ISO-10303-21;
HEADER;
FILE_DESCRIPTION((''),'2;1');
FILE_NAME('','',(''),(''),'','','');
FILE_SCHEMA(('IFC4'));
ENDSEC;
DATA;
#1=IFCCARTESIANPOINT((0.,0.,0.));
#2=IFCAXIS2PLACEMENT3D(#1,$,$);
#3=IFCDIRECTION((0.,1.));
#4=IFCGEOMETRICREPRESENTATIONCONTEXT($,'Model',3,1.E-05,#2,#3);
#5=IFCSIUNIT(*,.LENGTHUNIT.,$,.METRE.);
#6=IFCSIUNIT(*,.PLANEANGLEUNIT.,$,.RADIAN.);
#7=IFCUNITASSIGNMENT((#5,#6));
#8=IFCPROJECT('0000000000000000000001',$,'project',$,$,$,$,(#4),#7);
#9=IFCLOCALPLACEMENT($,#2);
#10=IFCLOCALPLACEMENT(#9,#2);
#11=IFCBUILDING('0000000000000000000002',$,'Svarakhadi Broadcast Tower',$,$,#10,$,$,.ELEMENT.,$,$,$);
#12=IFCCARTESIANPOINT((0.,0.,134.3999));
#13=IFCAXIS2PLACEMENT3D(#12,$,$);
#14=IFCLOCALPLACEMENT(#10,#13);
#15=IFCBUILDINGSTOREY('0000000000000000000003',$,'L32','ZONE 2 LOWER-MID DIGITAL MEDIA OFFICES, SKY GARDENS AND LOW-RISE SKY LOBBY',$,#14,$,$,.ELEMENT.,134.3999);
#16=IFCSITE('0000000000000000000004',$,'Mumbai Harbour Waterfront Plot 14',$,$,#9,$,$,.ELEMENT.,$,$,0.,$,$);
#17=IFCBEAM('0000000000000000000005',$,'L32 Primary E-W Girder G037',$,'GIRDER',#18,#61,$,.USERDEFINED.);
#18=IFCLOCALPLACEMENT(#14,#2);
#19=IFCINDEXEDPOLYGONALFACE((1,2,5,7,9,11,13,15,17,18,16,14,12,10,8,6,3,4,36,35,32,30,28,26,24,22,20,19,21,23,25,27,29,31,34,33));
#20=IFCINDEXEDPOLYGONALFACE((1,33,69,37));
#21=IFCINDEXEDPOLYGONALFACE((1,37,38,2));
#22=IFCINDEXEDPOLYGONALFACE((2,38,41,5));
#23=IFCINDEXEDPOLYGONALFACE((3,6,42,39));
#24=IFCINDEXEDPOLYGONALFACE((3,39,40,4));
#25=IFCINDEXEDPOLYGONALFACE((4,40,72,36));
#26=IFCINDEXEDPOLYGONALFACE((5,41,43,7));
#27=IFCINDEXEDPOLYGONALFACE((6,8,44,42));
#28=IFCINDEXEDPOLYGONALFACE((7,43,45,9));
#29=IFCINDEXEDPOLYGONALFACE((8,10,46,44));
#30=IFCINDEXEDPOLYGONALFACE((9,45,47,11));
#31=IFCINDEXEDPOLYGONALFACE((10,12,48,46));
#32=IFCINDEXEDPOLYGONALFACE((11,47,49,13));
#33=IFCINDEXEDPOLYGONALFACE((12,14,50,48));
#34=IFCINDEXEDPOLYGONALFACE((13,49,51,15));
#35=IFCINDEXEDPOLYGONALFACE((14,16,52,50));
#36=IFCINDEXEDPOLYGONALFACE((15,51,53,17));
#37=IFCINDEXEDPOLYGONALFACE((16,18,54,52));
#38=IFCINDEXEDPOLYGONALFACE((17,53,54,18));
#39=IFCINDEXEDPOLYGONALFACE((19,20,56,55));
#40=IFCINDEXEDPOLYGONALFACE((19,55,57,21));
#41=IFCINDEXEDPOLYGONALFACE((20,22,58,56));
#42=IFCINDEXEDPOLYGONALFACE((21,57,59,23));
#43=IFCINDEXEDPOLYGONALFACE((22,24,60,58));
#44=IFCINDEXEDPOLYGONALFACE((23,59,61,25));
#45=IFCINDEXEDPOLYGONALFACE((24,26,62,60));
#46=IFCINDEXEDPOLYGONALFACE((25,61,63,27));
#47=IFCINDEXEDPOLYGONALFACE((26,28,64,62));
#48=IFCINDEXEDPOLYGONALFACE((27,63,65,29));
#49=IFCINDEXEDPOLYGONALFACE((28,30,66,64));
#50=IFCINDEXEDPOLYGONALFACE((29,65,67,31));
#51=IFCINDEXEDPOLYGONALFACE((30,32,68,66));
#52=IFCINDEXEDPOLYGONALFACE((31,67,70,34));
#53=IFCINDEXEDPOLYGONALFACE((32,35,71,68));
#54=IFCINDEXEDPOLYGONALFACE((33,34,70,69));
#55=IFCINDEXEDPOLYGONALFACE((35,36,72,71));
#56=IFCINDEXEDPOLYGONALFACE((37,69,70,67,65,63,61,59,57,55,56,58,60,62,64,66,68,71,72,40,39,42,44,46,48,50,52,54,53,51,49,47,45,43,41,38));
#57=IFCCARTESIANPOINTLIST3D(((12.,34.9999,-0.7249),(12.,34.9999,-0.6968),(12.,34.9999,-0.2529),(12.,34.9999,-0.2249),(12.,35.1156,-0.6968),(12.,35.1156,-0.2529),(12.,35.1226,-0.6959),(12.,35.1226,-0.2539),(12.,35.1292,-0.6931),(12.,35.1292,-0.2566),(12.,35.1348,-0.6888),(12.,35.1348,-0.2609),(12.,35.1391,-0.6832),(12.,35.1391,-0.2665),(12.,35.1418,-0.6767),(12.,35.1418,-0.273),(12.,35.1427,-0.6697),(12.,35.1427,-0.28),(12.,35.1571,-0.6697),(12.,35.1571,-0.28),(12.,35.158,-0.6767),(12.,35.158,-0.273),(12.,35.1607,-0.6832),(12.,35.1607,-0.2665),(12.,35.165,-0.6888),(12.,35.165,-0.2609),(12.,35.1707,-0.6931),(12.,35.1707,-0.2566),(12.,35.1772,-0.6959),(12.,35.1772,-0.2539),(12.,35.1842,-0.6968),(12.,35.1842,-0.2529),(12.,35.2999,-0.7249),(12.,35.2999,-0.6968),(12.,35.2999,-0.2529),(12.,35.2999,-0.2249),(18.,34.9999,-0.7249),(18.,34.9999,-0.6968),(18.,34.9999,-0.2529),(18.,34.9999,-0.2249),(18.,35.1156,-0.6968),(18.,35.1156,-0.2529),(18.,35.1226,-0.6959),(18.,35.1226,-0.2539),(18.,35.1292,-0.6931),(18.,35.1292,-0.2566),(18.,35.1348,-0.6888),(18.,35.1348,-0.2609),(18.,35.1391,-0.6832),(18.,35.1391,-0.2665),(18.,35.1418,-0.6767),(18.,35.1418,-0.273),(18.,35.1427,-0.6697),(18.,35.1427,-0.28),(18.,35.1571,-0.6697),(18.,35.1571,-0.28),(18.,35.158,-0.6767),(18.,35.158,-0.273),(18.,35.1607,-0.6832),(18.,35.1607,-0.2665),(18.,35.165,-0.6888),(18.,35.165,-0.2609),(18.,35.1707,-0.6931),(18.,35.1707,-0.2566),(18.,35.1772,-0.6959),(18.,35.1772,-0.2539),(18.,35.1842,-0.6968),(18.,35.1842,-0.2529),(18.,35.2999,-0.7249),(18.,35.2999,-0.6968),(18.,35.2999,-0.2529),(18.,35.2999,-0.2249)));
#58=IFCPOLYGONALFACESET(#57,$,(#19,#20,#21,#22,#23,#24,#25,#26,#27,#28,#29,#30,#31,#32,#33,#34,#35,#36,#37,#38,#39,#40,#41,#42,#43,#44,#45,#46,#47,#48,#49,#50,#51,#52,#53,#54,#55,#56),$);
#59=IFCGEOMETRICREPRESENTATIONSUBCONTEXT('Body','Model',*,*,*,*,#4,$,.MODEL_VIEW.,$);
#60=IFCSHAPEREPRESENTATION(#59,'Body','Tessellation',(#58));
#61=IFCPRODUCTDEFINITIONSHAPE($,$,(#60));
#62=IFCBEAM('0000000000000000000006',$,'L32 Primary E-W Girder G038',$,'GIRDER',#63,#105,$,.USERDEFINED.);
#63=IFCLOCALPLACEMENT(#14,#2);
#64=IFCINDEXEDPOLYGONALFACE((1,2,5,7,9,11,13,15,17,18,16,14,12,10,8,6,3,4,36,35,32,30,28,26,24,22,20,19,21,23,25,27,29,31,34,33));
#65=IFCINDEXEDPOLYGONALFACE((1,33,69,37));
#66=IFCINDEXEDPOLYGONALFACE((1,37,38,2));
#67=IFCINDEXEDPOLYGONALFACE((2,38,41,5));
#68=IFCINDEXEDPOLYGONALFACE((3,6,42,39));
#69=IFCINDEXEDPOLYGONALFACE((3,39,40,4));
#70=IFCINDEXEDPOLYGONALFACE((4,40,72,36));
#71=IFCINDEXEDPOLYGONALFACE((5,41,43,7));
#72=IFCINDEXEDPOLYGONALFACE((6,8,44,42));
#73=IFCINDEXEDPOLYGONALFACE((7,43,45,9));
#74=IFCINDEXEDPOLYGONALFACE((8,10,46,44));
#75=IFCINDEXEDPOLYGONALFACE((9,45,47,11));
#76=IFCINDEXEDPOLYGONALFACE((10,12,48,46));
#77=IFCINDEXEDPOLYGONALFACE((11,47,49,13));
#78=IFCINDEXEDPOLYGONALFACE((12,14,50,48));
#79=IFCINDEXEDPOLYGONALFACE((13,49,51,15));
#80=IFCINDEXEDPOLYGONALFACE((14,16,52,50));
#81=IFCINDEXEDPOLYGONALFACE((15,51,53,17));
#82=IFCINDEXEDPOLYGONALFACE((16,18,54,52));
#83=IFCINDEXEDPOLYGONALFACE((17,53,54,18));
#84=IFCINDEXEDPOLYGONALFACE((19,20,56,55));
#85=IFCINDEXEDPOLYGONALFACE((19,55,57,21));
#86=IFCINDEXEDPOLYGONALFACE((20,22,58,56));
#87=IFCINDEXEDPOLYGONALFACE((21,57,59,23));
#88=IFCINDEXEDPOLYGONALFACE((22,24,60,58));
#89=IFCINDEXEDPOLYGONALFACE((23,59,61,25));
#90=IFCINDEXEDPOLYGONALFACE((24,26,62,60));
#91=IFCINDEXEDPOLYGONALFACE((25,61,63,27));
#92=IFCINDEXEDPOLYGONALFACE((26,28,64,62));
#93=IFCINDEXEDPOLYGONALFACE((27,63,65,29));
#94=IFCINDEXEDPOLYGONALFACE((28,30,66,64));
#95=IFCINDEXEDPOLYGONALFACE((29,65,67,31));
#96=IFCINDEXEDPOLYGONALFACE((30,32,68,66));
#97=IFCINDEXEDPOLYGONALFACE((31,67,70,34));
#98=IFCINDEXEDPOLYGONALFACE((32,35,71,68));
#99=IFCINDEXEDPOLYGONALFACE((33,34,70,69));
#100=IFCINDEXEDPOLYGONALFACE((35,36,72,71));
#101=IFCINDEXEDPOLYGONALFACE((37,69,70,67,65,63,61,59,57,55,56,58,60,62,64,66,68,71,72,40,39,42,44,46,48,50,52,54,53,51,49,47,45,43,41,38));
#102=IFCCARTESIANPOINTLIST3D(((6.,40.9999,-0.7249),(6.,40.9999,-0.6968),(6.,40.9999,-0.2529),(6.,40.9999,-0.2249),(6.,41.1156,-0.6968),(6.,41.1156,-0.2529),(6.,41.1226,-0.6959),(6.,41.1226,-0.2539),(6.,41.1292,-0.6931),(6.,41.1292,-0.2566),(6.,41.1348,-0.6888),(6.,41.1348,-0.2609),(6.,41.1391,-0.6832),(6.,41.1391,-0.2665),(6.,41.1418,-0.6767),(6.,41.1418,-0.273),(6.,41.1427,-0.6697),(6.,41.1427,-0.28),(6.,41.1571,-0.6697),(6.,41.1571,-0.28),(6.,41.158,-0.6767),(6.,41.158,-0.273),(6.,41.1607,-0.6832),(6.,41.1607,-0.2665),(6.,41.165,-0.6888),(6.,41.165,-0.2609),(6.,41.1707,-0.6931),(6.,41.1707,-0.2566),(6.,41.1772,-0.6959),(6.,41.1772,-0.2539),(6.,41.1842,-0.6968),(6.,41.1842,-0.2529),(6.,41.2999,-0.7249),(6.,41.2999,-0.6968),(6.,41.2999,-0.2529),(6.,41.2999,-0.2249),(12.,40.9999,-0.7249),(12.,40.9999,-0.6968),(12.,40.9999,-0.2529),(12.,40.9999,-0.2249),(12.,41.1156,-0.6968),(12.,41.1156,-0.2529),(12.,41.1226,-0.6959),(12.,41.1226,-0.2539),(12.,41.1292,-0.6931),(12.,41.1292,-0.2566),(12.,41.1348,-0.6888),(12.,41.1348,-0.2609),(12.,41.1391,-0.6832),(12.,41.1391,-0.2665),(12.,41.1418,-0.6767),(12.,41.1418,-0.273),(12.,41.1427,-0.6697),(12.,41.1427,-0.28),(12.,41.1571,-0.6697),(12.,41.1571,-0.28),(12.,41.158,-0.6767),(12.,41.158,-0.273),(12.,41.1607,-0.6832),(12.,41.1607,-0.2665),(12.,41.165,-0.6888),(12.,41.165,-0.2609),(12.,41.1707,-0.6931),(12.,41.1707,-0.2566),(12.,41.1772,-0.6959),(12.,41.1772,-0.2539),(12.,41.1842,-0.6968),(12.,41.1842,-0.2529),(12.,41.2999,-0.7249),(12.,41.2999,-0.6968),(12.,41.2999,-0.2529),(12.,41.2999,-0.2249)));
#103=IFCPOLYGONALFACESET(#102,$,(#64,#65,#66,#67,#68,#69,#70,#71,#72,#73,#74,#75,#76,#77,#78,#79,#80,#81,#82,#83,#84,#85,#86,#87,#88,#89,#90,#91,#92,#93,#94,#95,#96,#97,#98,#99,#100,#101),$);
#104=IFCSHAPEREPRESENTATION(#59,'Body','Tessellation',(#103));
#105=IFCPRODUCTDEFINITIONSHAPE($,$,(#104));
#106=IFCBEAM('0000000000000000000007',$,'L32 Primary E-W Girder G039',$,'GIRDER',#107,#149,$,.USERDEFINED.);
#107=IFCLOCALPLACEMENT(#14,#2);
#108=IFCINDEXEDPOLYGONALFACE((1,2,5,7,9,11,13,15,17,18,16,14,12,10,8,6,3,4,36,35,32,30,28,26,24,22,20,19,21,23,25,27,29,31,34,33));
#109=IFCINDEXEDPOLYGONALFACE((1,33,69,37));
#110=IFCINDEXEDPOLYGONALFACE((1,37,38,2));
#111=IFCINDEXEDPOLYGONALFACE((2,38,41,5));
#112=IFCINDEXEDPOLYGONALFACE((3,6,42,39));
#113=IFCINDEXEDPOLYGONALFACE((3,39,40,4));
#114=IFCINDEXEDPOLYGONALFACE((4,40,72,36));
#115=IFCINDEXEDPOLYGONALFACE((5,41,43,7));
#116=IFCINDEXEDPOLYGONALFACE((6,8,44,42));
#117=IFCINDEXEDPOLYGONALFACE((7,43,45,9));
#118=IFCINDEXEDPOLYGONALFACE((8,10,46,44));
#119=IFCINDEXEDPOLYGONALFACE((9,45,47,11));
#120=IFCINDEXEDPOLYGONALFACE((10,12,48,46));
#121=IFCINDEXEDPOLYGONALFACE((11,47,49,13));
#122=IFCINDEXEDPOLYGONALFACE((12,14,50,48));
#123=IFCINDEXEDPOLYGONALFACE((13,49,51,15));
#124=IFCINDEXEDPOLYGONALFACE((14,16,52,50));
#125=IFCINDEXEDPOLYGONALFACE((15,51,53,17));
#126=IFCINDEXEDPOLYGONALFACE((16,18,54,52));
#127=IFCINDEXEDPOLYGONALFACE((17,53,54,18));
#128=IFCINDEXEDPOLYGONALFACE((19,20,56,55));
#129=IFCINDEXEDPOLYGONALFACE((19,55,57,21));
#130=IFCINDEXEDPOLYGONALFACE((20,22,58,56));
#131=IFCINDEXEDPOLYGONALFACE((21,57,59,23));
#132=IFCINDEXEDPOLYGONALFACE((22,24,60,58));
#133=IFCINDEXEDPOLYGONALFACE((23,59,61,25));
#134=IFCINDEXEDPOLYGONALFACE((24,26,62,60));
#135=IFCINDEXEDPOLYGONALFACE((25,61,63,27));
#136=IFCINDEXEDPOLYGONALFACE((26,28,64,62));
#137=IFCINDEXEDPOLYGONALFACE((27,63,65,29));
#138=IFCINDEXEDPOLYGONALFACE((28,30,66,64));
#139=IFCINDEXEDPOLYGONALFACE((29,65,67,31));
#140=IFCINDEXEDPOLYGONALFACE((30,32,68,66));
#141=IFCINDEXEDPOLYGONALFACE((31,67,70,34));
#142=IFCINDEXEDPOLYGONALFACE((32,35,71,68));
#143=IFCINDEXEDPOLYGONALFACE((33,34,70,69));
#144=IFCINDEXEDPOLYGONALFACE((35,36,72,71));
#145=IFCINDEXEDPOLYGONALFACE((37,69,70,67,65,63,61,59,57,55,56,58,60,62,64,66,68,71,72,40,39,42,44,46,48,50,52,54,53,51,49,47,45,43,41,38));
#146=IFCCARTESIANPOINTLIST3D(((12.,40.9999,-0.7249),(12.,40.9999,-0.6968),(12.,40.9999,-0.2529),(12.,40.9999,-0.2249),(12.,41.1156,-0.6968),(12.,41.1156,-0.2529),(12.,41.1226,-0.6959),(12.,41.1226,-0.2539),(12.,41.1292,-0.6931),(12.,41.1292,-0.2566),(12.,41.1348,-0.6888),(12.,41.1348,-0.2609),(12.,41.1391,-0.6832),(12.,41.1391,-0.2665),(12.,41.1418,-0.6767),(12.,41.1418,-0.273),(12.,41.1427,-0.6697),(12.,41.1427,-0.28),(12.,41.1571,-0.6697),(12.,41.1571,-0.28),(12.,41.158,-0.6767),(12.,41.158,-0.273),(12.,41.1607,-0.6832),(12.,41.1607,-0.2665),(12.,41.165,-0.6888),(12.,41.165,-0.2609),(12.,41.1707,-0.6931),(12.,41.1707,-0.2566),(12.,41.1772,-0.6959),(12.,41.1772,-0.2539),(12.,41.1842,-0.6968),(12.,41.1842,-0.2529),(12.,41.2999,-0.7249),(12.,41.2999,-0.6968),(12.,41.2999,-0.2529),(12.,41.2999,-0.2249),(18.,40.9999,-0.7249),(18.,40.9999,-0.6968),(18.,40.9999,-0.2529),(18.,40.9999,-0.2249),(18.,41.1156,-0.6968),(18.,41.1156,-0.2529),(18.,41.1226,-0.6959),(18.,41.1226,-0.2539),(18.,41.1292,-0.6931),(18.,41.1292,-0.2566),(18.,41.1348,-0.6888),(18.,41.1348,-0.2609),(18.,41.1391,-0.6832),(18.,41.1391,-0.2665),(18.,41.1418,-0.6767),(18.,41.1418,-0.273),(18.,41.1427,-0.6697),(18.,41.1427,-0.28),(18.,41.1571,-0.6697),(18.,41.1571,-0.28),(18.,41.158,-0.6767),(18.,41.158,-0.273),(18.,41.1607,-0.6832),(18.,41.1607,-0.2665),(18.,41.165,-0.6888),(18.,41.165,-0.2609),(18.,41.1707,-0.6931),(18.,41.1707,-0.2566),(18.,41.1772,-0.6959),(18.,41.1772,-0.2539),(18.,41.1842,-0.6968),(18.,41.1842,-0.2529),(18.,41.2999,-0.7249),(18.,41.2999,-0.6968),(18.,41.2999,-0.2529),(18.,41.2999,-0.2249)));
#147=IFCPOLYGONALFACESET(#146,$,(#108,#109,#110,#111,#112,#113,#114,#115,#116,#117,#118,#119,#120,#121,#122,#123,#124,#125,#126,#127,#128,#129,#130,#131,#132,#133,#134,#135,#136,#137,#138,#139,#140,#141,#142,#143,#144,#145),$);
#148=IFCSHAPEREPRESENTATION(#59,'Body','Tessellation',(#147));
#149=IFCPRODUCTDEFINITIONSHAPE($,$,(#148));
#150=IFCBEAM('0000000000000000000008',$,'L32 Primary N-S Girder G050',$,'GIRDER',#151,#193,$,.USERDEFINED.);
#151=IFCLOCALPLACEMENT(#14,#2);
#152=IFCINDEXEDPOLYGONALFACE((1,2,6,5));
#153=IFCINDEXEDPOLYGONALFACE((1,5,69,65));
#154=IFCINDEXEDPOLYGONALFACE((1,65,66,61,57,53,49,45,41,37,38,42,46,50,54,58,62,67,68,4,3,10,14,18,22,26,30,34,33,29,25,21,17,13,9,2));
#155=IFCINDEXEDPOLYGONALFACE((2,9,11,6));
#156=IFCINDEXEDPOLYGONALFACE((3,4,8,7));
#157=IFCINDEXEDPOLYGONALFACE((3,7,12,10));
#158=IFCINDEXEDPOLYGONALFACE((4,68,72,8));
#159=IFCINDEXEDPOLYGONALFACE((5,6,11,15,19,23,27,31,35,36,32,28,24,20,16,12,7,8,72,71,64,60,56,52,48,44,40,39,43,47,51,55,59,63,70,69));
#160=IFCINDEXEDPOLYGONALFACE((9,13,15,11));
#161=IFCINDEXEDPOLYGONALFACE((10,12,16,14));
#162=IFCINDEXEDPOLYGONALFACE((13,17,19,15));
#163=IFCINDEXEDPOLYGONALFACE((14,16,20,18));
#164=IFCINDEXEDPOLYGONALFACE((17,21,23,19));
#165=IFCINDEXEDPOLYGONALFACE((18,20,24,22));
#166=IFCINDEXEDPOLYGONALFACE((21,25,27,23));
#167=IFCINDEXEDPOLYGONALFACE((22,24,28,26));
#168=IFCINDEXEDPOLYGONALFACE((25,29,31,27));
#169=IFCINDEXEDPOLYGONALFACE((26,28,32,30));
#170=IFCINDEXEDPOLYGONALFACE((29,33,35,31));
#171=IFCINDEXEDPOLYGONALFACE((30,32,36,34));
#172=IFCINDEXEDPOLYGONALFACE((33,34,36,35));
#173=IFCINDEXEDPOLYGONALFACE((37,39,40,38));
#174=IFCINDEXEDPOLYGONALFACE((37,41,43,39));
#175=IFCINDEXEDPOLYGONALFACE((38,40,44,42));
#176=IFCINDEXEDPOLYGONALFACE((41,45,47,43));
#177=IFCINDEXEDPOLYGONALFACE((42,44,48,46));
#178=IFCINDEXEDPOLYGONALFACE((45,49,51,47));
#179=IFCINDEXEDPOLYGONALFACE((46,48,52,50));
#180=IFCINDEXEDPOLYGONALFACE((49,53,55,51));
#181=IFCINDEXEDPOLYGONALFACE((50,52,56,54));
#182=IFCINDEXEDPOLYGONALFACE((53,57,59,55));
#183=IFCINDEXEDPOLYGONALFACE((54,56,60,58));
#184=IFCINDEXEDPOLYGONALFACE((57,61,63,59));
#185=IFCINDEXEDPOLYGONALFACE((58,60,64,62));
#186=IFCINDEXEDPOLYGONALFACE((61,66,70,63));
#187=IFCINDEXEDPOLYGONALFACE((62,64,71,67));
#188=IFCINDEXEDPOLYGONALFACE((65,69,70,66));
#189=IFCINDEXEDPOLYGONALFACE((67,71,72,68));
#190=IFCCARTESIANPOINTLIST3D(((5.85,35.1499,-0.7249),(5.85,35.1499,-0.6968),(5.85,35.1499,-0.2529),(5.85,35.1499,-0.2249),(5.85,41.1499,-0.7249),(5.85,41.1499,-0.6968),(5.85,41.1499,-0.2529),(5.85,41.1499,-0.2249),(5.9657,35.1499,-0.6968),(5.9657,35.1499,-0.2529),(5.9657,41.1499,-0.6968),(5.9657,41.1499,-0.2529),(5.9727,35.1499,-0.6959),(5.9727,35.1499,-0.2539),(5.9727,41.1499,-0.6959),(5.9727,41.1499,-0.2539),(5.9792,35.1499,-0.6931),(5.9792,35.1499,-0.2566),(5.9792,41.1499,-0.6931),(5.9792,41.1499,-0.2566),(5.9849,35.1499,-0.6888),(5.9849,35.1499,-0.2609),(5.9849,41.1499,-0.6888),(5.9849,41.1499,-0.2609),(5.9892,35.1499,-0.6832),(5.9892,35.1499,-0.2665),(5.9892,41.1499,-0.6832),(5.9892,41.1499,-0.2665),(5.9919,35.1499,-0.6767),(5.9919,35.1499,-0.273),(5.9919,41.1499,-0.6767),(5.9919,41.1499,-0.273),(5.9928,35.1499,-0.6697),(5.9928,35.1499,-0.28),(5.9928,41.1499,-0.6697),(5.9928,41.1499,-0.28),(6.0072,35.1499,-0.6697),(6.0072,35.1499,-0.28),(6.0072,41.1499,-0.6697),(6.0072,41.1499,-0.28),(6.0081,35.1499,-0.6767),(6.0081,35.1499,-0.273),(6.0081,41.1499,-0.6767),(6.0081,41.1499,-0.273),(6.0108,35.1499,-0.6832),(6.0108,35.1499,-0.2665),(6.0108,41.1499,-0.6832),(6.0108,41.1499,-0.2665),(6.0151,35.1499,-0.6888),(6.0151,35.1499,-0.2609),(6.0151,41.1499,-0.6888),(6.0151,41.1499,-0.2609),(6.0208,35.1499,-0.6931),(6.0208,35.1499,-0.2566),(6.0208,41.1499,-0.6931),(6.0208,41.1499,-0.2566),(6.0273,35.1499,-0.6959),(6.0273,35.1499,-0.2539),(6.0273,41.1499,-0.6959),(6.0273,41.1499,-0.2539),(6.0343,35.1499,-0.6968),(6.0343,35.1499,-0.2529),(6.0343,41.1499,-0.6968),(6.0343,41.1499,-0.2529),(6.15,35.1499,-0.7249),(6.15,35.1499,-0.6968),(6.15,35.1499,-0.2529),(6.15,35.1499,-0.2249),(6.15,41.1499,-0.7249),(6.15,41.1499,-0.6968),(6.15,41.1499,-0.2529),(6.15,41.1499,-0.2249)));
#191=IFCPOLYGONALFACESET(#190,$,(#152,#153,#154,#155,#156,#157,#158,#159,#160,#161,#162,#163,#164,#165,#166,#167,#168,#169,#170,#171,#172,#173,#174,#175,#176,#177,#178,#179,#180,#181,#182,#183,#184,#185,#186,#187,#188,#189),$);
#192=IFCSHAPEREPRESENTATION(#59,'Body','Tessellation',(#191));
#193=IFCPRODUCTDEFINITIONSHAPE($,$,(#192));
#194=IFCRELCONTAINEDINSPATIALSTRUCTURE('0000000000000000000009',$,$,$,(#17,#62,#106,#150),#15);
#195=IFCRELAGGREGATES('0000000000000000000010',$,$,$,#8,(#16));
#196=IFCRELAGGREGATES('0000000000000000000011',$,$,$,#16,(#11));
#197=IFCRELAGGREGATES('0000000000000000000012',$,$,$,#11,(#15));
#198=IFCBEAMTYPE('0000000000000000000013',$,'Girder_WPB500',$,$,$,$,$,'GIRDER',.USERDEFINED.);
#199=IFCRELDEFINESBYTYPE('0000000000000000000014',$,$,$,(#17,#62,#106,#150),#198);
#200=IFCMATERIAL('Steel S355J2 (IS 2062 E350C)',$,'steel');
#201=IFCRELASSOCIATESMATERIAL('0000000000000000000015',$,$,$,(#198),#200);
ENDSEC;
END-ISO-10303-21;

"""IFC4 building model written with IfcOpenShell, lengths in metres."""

from ifc_helpers import new_model, si_unit, direction, frame, origin, origin_2d, place, context, subcontext, project, spatial, i_section, extrude, material, material_profile, profile_set, type_object, element, save


model = new_model("IFC4")

# Units and contexts
model_context = context("Model", 3, precision=1e-05, world=origin(), true_north=direction((0.0, 1.0)))
body_context = subcontext(model_context, "Body", "Model", "MODEL_VIEW")
ifc_project = project(units=[si_unit("LENGTHUNIT", "METRE"), si_unit("PLANEANGLEUNIT", "RADIAN")], contexts=[model_context])

# Site, building, storey
site_placement = place(None, origin())
site = spatial("IfcSite", under=ifc_project, at=site_placement, Name="Mumbai Harbour Waterfront Plot 14", CompositionType="ELEMENT", RefElevation=0.0)
building_placement = place(site_placement, origin())
building = spatial("IfcBuilding", under=site, at=building_placement, Name="Svarakhadi Broadcast Tower", CompositionType="ELEMENT")
storey_placement = place(building_placement, frame((0.0, 0.0, 134.3999)))
storey = spatial("IfcBuildingStorey", under=building, at=storey_placement, Name="L32", Description="ZONE 2 LOWER-MID DIGITAL MEDIA OFFICES, SKY GARDENS AND LOW-RISE SKY LOBBY", CompositionType="ELEMENT", Elevation=134.3999)

# Shared definitions
ifc_material_1 = material(Name="Steel S355J2 (IS 2062 E350C)", Category="steel")

# Beams
ifc_material_profile_1 = material_profile(ifc_material_1, i_section(OverallWidth=0.3, OverallDepth=0.5, WebThickness=0.0144, FlangeThickness=0.0281, FilletRadius=0.0271, at=origin_2d()), Name="WPB 500x300x187")
ifc_profile_set_1 = profile_set([ifc_material_profile_1], Name="Steel S355J2 (IS 2062 E350C)")
beam_type_1 = type_object("IfcBeamType", Name="Girder_WPB500", ElementType="GIRDER", PredefinedType="USERDEFINED", material=ifc_profile_set_1)
for number, where, z_axis, x_axis, name in (
    (1, (12.0, 35.1499, -0.4749), (1.0, 0.0, 0.0), (0.0, 1.0, 0.0), "L32 Primary E-W Girder G037"),
    (2, (6.0, 41.1499, -0.4749), (1.0, 0.0, 0.0), (0.0, 1.0, 0.0), "L32 Primary E-W Girder G038"),
    (3, (12.0, 41.1499, -0.4749), (1.0, 0.0, 0.0), (0.0, 1.0, 0.0), "L32 Primary E-W Girder G039"),
    (4, (6.0, 35.1499, -0.4749), (0.0, 1.0, 0.0), (-1.0, 0.0, 0.0), "L32 Primary N-S Girder G050"),
):
    element("IfcBeam", number, at=place(storey_placement, frame(where, z_axis=z_axis, x_axis=x_axis)), inside=storey, type_object=beam_type_1, Name=name, ObjectType="GIRDER", PredefinedType="USERDEFINED", context=body_context, shape_type="SweptSolid", body=[
        extrude(i_section(OverallWidth=0.3, OverallDepth=0.5, WebThickness=0.0144, FlangeThickness=0.0281, FilletRadius=0.0271, at=origin_2d()), origin(), (0.0, 0.0, 1.0), 6.0),
    ])

save(model, "model.ifc")
